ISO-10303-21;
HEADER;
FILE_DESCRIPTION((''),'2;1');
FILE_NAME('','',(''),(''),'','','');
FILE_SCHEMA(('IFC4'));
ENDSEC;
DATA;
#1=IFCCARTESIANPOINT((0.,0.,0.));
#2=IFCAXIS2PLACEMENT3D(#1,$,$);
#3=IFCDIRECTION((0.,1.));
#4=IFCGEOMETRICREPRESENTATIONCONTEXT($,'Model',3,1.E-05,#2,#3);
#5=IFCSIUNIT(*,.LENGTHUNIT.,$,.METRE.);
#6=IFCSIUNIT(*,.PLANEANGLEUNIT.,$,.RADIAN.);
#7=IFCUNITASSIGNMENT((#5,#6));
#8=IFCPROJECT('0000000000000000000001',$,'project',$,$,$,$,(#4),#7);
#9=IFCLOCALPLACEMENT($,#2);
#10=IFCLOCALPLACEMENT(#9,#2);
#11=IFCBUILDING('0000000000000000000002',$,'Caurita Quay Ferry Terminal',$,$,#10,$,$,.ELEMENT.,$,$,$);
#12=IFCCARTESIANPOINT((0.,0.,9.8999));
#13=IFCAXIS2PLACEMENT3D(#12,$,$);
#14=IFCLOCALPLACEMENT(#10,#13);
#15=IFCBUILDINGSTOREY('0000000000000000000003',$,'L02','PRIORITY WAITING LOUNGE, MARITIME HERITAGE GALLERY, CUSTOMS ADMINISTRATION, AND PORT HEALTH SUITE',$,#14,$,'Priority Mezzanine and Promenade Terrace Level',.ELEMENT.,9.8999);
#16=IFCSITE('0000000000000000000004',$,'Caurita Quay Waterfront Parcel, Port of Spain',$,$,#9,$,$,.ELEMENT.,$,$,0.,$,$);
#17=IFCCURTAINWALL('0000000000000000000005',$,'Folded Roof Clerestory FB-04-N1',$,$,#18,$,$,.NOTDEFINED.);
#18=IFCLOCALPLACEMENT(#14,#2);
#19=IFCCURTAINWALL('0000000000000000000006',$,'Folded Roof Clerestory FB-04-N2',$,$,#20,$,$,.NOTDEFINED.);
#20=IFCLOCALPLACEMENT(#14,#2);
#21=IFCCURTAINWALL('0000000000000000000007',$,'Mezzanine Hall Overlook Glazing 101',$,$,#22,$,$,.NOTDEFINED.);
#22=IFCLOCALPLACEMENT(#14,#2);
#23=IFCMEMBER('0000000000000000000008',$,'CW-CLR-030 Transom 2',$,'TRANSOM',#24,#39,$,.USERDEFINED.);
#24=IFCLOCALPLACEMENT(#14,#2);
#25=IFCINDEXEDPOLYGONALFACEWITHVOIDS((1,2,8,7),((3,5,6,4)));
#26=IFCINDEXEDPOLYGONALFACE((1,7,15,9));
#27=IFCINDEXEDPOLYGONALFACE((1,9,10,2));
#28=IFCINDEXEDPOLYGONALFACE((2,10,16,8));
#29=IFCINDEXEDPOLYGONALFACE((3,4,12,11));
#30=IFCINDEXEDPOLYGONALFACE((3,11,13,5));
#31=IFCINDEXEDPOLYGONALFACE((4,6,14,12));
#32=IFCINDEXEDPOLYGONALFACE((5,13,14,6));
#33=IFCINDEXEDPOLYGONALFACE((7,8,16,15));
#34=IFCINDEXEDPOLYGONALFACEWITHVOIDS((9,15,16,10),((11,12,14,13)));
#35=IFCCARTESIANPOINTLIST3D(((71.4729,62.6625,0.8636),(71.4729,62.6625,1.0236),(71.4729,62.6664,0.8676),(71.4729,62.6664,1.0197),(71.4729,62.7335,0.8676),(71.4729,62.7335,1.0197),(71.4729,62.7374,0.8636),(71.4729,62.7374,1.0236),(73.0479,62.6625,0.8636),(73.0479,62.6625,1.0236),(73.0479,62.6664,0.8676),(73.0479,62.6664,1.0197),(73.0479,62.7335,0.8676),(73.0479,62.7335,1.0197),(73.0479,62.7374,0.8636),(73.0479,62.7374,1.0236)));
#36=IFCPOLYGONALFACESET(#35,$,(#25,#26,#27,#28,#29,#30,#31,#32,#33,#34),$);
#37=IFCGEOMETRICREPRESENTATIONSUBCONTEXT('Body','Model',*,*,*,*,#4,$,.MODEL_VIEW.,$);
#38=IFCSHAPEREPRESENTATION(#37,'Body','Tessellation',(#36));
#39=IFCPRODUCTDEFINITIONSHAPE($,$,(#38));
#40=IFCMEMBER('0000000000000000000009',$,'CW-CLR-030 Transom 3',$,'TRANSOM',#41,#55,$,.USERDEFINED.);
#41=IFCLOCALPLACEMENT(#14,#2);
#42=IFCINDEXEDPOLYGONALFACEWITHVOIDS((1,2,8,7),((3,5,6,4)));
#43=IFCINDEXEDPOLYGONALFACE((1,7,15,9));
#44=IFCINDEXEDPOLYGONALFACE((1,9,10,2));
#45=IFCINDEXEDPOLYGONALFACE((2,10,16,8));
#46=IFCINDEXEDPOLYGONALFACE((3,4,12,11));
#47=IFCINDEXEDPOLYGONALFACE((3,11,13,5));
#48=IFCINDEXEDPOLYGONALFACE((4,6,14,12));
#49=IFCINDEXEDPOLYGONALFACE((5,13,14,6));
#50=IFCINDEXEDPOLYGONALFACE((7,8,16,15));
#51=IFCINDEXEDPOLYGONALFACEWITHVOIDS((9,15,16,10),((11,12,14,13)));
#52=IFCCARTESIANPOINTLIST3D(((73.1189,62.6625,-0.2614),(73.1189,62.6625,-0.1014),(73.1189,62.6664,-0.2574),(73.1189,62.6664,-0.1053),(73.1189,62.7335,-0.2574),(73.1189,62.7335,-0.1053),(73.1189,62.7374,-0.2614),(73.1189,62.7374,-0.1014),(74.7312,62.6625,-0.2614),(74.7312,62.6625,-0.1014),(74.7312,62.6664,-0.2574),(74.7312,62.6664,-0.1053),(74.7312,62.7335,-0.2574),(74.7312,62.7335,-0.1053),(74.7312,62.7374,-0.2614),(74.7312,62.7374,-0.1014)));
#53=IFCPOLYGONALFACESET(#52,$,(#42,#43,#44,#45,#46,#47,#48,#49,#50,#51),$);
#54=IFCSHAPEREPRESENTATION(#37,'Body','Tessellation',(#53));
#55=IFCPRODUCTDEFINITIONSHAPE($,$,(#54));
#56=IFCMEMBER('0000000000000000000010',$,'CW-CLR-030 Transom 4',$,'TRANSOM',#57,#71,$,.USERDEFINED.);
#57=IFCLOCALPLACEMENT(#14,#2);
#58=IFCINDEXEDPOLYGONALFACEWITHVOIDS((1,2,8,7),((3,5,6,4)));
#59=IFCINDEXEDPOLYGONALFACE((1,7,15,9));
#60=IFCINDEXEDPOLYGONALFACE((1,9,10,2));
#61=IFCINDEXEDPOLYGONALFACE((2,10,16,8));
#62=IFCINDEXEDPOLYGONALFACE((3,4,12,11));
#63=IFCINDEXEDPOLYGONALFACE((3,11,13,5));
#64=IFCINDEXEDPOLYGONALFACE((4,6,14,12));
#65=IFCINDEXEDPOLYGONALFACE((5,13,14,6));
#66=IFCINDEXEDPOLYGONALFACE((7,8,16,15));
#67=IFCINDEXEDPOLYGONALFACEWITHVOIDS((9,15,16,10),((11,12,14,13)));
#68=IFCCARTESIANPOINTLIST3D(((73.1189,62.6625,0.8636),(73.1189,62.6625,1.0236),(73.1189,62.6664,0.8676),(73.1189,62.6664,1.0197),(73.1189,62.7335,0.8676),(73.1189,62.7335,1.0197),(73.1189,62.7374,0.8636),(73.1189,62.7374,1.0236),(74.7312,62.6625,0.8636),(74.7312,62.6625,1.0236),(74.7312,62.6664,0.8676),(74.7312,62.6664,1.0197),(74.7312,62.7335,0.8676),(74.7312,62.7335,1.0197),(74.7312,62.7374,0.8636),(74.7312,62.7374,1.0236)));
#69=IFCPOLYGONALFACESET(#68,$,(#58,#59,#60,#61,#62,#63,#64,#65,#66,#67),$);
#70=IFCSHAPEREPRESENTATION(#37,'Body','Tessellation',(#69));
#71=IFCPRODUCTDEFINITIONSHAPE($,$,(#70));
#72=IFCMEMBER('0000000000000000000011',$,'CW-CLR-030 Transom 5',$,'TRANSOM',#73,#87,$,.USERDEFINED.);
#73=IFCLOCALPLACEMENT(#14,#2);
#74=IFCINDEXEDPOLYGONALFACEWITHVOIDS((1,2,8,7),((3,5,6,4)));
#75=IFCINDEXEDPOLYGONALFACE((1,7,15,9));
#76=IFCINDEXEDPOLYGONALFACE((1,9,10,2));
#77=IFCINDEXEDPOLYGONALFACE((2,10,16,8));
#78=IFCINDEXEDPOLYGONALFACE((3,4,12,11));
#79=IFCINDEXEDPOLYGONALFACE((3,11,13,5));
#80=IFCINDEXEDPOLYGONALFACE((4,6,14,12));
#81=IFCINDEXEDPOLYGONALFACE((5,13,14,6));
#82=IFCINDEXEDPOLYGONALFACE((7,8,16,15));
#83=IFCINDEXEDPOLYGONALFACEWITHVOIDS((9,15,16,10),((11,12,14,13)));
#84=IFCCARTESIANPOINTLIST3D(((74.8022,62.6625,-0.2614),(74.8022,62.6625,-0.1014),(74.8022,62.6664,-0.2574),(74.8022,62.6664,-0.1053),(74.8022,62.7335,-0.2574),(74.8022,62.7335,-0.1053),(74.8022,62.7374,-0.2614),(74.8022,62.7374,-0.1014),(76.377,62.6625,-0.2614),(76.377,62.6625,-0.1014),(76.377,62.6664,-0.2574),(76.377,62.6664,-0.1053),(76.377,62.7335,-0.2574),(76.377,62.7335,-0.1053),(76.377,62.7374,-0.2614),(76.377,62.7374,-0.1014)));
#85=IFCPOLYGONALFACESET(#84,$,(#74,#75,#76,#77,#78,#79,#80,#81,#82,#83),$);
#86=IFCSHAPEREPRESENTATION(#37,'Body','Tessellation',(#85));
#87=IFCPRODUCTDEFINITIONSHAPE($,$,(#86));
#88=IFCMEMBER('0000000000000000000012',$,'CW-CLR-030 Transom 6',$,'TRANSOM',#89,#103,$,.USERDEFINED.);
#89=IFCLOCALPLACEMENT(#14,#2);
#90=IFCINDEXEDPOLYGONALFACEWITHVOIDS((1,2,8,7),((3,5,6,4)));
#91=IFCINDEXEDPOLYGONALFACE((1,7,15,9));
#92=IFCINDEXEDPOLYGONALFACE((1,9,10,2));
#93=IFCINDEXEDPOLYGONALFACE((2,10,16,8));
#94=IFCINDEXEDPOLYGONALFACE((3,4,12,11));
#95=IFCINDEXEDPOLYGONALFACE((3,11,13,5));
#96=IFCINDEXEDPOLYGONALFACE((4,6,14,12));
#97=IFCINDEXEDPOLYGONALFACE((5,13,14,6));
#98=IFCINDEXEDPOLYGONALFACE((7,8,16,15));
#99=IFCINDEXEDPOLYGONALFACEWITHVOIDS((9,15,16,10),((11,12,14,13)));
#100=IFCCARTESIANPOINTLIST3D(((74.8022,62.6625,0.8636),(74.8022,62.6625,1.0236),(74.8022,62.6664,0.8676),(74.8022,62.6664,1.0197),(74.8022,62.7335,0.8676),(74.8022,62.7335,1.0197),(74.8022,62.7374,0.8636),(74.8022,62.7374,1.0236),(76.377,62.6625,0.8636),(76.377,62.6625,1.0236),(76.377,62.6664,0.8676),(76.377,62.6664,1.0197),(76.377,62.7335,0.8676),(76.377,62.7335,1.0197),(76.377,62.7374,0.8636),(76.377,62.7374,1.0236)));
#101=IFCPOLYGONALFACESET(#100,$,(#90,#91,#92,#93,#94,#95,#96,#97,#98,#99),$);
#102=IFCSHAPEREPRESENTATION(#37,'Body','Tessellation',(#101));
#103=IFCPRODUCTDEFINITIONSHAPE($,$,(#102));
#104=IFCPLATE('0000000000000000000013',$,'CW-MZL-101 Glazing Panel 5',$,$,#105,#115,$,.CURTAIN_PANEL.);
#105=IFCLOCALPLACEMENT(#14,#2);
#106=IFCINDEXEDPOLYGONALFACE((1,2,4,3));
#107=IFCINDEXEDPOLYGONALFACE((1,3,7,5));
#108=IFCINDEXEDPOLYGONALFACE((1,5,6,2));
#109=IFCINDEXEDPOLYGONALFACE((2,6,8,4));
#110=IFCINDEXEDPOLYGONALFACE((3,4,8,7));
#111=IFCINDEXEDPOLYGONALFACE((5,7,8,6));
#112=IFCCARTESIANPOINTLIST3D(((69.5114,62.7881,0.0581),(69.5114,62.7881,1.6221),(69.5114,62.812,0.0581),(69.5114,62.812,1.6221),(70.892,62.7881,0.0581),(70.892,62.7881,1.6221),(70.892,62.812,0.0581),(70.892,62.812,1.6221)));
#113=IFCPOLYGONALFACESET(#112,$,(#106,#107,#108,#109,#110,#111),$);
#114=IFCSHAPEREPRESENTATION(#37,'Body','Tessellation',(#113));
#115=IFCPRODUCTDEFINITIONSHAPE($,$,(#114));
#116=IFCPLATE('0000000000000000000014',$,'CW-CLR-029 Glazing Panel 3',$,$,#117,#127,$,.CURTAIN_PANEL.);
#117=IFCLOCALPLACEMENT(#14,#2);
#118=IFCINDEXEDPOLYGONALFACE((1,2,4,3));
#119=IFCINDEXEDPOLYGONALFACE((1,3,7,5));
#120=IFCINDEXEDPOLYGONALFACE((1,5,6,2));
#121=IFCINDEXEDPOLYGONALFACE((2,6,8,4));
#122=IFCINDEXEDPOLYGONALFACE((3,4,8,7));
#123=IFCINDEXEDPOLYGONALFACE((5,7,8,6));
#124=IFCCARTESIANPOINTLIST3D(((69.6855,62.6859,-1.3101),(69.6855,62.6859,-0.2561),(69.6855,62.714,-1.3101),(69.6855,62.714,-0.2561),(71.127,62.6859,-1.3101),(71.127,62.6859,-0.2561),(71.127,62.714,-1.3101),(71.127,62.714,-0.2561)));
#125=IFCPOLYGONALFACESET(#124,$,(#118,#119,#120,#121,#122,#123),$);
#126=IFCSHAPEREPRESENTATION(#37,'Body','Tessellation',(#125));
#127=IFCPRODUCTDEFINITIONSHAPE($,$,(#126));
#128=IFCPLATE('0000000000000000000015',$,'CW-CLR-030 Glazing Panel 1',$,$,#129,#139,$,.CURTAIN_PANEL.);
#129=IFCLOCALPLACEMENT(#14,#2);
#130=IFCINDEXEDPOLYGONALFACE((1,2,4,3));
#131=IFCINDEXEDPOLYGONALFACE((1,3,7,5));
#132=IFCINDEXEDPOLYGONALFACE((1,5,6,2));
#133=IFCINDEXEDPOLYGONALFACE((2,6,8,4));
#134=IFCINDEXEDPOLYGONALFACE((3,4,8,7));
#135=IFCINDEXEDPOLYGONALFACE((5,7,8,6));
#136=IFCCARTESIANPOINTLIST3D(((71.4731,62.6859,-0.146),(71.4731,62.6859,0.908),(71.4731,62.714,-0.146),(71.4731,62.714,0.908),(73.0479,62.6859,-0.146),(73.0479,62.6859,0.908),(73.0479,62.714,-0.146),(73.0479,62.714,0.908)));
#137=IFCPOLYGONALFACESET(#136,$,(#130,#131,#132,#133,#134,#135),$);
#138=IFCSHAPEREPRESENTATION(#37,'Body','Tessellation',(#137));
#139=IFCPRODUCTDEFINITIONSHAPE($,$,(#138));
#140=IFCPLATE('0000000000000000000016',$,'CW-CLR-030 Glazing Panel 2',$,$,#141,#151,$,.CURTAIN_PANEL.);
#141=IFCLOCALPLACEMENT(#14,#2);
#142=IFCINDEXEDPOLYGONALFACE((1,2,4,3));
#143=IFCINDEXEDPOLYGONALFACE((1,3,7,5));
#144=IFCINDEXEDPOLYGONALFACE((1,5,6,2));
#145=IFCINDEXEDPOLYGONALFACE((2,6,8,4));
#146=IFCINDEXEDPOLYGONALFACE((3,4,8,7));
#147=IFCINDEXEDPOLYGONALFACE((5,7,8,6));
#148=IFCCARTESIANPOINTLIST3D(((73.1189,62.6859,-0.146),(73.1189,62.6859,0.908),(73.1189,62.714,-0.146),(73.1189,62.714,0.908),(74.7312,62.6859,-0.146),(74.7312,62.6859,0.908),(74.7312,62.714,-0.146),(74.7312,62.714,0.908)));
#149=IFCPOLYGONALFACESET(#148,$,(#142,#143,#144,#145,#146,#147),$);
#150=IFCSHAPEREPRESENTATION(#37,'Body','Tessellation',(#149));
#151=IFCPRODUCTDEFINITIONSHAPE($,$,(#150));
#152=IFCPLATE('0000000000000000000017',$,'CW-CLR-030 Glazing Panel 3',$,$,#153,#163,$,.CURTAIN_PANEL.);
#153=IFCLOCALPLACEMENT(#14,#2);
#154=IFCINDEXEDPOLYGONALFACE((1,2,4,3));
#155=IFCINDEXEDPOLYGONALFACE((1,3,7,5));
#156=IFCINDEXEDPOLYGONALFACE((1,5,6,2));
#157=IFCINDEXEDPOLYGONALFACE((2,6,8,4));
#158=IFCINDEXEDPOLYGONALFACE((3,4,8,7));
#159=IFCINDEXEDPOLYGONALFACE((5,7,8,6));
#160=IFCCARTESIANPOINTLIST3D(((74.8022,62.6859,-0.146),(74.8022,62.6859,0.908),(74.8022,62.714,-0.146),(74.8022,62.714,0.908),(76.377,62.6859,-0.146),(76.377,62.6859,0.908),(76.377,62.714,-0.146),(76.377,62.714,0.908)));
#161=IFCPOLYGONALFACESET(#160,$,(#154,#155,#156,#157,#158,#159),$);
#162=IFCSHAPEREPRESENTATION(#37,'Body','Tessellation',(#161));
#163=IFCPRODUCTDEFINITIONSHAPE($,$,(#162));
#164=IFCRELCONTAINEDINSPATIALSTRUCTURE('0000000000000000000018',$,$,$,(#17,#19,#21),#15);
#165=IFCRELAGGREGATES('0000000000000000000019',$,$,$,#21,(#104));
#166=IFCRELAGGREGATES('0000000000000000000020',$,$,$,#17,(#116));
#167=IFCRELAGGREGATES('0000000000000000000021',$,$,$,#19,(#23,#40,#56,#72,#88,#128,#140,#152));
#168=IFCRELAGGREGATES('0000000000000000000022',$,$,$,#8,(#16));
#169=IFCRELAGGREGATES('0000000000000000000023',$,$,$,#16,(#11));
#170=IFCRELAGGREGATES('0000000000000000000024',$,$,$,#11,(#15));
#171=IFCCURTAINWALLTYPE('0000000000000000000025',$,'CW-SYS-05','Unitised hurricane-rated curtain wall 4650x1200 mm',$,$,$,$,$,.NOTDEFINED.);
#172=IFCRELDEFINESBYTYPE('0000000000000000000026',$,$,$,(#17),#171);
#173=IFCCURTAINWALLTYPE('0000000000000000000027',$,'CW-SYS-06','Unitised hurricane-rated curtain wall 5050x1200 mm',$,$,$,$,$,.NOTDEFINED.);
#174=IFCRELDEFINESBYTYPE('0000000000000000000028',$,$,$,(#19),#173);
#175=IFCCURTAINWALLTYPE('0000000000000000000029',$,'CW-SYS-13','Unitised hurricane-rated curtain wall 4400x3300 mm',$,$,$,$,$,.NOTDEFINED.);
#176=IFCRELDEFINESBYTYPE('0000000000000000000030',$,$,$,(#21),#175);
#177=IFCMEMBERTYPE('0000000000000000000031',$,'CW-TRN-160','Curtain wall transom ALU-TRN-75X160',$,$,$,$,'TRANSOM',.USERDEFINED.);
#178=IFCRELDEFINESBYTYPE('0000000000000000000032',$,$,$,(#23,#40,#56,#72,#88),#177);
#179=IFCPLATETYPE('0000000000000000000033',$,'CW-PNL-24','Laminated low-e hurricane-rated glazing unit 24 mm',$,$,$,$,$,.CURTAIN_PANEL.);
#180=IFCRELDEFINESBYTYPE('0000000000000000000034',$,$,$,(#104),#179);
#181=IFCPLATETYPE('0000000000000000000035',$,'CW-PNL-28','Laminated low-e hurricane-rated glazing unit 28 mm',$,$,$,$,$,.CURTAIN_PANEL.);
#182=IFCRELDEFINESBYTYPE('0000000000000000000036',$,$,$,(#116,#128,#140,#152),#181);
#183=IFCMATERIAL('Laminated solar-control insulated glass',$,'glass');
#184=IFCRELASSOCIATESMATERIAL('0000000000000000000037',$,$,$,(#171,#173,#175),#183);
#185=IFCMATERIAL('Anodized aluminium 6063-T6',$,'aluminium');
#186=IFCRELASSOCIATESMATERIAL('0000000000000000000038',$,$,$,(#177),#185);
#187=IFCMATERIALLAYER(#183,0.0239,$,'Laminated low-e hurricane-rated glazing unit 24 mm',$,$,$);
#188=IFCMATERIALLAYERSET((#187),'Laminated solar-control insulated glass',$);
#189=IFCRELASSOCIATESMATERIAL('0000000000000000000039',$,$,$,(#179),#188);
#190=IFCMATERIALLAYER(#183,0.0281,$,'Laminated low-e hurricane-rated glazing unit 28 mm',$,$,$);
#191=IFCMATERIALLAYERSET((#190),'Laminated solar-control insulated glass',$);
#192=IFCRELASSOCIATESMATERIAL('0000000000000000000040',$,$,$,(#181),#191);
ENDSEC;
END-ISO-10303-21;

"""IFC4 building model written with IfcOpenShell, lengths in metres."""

from ifc_helpers import new_model, si_unit, direction, frame, origin, origin_2d, place, context, subcontext, project, spatial, rectangle, hollow_rectangle, extrude, material, layer, layer_set, material_profile, profile_set, type_object, element, aggregate, save


model = new_model("IFC4")

# Units and contexts
model_context = context("Model", 3, precision=1e-05, world=origin(), true_north=direction((0.0, 1.0)))
body_context = subcontext(model_context, "Body", "Model", "MODEL_VIEW")
ifc_project = project(units=[si_unit("LENGTHUNIT", "METRE"), si_unit("PLANEANGLEUNIT", "RADIAN")], contexts=[model_context])

# Site, building, storey
site_placement = place(None, origin())
site = spatial("IfcSite", under=ifc_project, at=site_placement, Name="Caurita Quay Waterfront Parcel, Port of Spain", CompositionType="ELEMENT", RefElevation=0.0)
building_placement = place(site_placement, origin())
building = spatial("IfcBuilding", under=site, at=building_placement, Name="Caurita Quay Ferry Terminal", CompositionType="ELEMENT")
storey_placement = place(building_placement, frame((0.0, 0.0, 9.8999)))
storey = spatial("IfcBuildingStorey", under=building, at=storey_placement, Name="L02", Description="PRIORITY WAITING LOUNGE, MARITIME HERITAGE GALLERY, CUSTOMS ADMINISTRATION, AND PORT HEALTH SUITE", LongName="Priority Mezzanine and Promenade Terrace Level", CompositionType="ELEMENT", Elevation=9.8999)

# Curtain walls
ifc_material_1 = material(Name="Laminated solar-control insulated glass", Category="glass")
curtain_wall_type_1 = type_object("IfcCurtainWallType", Name="CW-SYS-05", Description="Unitised hurricane-rated curtain wall 4650x1200 mm", PredefinedType="NOTDEFINED", material=ifc_material_1)
curtain_wall_1_placement = place(storey_placement, origin())
curtain_wall_1 = element("IfcCurtainWall", 1, at=curtain_wall_1_placement, inside=storey, type_object=curtain_wall_type_1, Name="Folded Roof Clerestory FB-04-N1", PredefinedType="NOTDEFINED")
ifc_material_2 = material(Name="Anodized aluminium 6063-T6", Category="aluminium")
curtain_wall_type_2 = type_object("IfcCurtainWallType", Name="CW-SYS-06", Description="Unitised hurricane-rated curtain wall 5050x1200 mm", PredefinedType="NOTDEFINED", material=ifc_material_1)
curtain_wall_2_placement = place(storey_placement, origin())
curtain_wall_2 = element("IfcCurtainWall", 2, at=curtain_wall_2_placement, inside=storey, type_object=curtain_wall_type_2, Name="Folded Roof Clerestory FB-04-N2", PredefinedType="NOTDEFINED")
curtain_wall_type_3 = type_object("IfcCurtainWallType", Name="CW-SYS-13", Description="Unitised hurricane-rated curtain wall 4400x3300 mm", PredefinedType="NOTDEFINED", material=ifc_material_1)
curtain_wall_3_placement = place(storey_placement, origin())
curtain_wall_3 = element("IfcCurtainWall", 3, at=curtain_wall_3_placement, inside=storey, type_object=curtain_wall_type_3, Name="Mezzanine Hall Overlook Glazing 101", PredefinedType="NOTDEFINED")

# Members
ifc_material_profile_1 = material_profile(ifc_material_2, hollow_rectangle(XDim=0.075, YDim=0.1599, WallThickness=0.0039, at=origin_2d()), Name="ALU-TRN-75X160")
ifc_profile_set_1 = profile_set([ifc_material_profile_1], Name="Anodized aluminium 6063-T6")
member_type_1 = type_object("IfcMemberType", Name="CW-TRN-160", Description="Curtain wall transom ALU-TRN-75X160", ElementType="TRANSOM", PredefinedType="USERDEFINED", material=ifc_profile_set_1)
member_1_placement = place(storey_placement, frame((71.4729, 62.7, 0.9436), z_axis=(1.0, 0.0, 0.0), x_axis=(0.0, 1.0, 0.0)))
member_1 = element("IfcMember", 4, at=member_1_placement, type_object=member_type_1, Name="CW-CLR-030 Transom 2", ObjectType="TRANSOM", PredefinedType="USERDEFINED", context=body_context, shape_type="SweptSolid", body=[
    extrude(hollow_rectangle(XDim=0.075, YDim=0.1599, WallThickness=0.0039, at=origin_2d()), origin(), (0.0, 0.0, 1.0), 1.575),
])
member_2_placement = place(storey_placement, frame((73.1189, 62.7, -0.1814), z_axis=(1.0, 0.0, 0.0), x_axis=(0.0, 1.0, 0.0)))
member_2 = element("IfcMember", 5, at=member_2_placement, type_object=member_type_1, Name="CW-CLR-030 Transom 3", ObjectType="TRANSOM", PredefinedType="USERDEFINED", context=body_context, shape_type="SweptSolid", body=[
    extrude(hollow_rectangle(XDim=0.075, YDim=0.1599, WallThickness=0.0039, at=origin_2d()), origin(), (0.0, 0.0, 1.0), 1.6123),
])
member_3_placement = place(storey_placement, frame((73.1189, 62.7, 0.9436), z_axis=(1.0, 0.0, 0.0), x_axis=(0.0, 1.0, 0.0)))
member_3 = element("IfcMember", 6, at=member_3_placement, type_object=member_type_1, Name="CW-CLR-030 Transom 4", ObjectType="TRANSOM", PredefinedType="USERDEFINED", context=body_context, shape_type="SweptSolid", body=[
    extrude(hollow_rectangle(XDim=0.075, YDim=0.1599, WallThickness=0.0039, at=origin_2d()), origin(), (0.0, 0.0, 1.0), 1.6123),
])
member_4_placement = place(storey_placement, frame((74.8022, 62.7, -0.1814), z_axis=(1.0, 0.0, 0.0), x_axis=(0.0, 1.0, 0.0)))
member_4 = element("IfcMember", 7, at=member_4_placement, type_object=member_type_1, Name="CW-CLR-030 Transom 5", ObjectType="TRANSOM", PredefinedType="USERDEFINED", context=body_context, shape_type="SweptSolid", body=[
    extrude(hollow_rectangle(XDim=0.075, YDim=0.1599, WallThickness=0.0039, at=origin_2d()), origin(), (0.0, 0.0, 1.0), 1.5747),
])
member_5_placement = place(storey_placement, frame((74.8022, 62.7, 0.9436), z_axis=(1.0, 0.0, 0.0), x_axis=(0.0, 1.0, 0.0)))
member_5 = element("IfcMember", 8, at=member_5_placement, type_object=member_type_1, Name="CW-CLR-030 Transom 6", ObjectType="TRANSOM", PredefinedType="USERDEFINED", context=body_context, shape_type="SweptSolid", body=[
    extrude(hollow_rectangle(XDim=0.075, YDim=0.1599, WallThickness=0.0039, at=origin_2d()), origin(), (0.0, 0.0, 1.0), 1.5747),
])

# Plates
ifc_layer_1 = layer(ifc_material_1, 0.0239, Name="Laminated low-e hurricane-rated glazing unit 24 mm")
ifc_layer_set_1 = layer_set([ifc_layer_1], Name="Laminated solar-control insulated glass")
plate_type_1 = type_object("IfcPlateType", Name="CW-PNL-24", Description="Laminated low-e hurricane-rated glazing unit 24 mm", PredefinedType="CURTAIN_PANEL", material=ifc_layer_set_1)
plate_1_placement = place(storey_placement, frame((70.2017, 62.8, 0.0581), z_axis=(0.0, 0.0, 1.0), x_axis=(1.0, 0.0, 0.0)))
plate_1 = element("IfcPlate", 9, at=plate_1_placement, type_object=plate_type_1, Name="CW-MZL-101 Glazing Panel 5", PredefinedType="CURTAIN_PANEL", context=body_context, shape_type="SweptSolid", body=[
    extrude(rectangle(XDim=1.3806, YDim=0.0239, at=origin_2d()), origin(), (0.0, 0.0, 1.0), 1.564),
])
aggregate(curtain_wall_3, [plate_1])
ifc_layer_2 = layer(ifc_material_1, 0.0281, Name="Laminated low-e hurricane-rated glazing unit 28 mm")
ifc_layer_set_2 = layer_set([ifc_layer_2], Name="Laminated solar-control insulated glass")
plate_type_2 = type_object("IfcPlateType", Name="CW-PNL-28", Description="Laminated low-e hurricane-rated glazing unit 28 mm", PredefinedType="CURTAIN_PANEL", material=ifc_layer_set_2)
plate_2_placement = place(storey_placement, frame((70.4062, 62.7, -1.3101), z_axis=(0.0, 0.0, 1.0), x_axis=(1.0, 0.0, 0.0)))
plate_2 = element("IfcPlate", 10, at=plate_2_placement, type_object=plate_type_2, Name="CW-CLR-029 Glazing Panel 3", PredefinedType="CURTAIN_PANEL", context=body_context, shape_type="SweptSolid", body=[
    extrude(rectangle(XDim=1.4414, YDim=0.0281, at=origin_2d()), origin(), (0.0, 0.0, 1.0), 1.054),
])
aggregate(curtain_wall_1, [plate_2])
plate_3_placement = place(storey_placement, frame((72.2605, 62.7, -0.146), z_axis=(0.0, 0.0, 1.0), x_axis=(1.0, 0.0, 0.0)))
plate_3 = element("IfcPlate", 11, at=plate_3_placement, type_object=plate_type_2, Name="CW-CLR-030 Glazing Panel 1", PredefinedType="CURTAIN_PANEL", context=body_context, shape_type="SweptSolid", body=[
    extrude(rectangle(XDim=1.5747, YDim=0.0281, at=origin_2d()), origin(), (0.0, 0.0, 1.0), 1.054),
])
plate_4_placement = place(storey_placement, frame((73.925, 62.7, -0.146), z_axis=(0.0, 0.0, 1.0), x_axis=(1.0, 0.0, 0.0)))
plate_4 = element("IfcPlate", 12, at=plate_4_placement, type_object=plate_type_2, Name="CW-CLR-030 Glazing Panel 2", PredefinedType="CURTAIN_PANEL", context=body_context, shape_type="SweptSolid", body=[
    extrude(rectangle(XDim=1.6123, YDim=0.0281, at=origin_2d()), origin(), (0.0, 0.0, 1.0), 1.054),
])
plate_5_placement = place(storey_placement, frame((75.5896, 62.7, -0.146), z_axis=(0.0, 0.0, 1.0), x_axis=(1.0, 0.0, 0.0)))
plate_5 = element("IfcPlate", 13, at=plate_5_placement, type_object=plate_type_2, Name="CW-CLR-030 Glazing Panel 3", PredefinedType="CURTAIN_PANEL", context=body_context, shape_type="SweptSolid", body=[
    extrude(rectangle(XDim=1.5747, YDim=0.0281, at=origin_2d()), origin(), (0.0, 0.0, 1.0), 1.054),
])
aggregate(curtain_wall_2, [member_1, member_2, member_3, member_4, member_5, plate_3, plate_4, plate_5])

save(model, "model.ifc")
